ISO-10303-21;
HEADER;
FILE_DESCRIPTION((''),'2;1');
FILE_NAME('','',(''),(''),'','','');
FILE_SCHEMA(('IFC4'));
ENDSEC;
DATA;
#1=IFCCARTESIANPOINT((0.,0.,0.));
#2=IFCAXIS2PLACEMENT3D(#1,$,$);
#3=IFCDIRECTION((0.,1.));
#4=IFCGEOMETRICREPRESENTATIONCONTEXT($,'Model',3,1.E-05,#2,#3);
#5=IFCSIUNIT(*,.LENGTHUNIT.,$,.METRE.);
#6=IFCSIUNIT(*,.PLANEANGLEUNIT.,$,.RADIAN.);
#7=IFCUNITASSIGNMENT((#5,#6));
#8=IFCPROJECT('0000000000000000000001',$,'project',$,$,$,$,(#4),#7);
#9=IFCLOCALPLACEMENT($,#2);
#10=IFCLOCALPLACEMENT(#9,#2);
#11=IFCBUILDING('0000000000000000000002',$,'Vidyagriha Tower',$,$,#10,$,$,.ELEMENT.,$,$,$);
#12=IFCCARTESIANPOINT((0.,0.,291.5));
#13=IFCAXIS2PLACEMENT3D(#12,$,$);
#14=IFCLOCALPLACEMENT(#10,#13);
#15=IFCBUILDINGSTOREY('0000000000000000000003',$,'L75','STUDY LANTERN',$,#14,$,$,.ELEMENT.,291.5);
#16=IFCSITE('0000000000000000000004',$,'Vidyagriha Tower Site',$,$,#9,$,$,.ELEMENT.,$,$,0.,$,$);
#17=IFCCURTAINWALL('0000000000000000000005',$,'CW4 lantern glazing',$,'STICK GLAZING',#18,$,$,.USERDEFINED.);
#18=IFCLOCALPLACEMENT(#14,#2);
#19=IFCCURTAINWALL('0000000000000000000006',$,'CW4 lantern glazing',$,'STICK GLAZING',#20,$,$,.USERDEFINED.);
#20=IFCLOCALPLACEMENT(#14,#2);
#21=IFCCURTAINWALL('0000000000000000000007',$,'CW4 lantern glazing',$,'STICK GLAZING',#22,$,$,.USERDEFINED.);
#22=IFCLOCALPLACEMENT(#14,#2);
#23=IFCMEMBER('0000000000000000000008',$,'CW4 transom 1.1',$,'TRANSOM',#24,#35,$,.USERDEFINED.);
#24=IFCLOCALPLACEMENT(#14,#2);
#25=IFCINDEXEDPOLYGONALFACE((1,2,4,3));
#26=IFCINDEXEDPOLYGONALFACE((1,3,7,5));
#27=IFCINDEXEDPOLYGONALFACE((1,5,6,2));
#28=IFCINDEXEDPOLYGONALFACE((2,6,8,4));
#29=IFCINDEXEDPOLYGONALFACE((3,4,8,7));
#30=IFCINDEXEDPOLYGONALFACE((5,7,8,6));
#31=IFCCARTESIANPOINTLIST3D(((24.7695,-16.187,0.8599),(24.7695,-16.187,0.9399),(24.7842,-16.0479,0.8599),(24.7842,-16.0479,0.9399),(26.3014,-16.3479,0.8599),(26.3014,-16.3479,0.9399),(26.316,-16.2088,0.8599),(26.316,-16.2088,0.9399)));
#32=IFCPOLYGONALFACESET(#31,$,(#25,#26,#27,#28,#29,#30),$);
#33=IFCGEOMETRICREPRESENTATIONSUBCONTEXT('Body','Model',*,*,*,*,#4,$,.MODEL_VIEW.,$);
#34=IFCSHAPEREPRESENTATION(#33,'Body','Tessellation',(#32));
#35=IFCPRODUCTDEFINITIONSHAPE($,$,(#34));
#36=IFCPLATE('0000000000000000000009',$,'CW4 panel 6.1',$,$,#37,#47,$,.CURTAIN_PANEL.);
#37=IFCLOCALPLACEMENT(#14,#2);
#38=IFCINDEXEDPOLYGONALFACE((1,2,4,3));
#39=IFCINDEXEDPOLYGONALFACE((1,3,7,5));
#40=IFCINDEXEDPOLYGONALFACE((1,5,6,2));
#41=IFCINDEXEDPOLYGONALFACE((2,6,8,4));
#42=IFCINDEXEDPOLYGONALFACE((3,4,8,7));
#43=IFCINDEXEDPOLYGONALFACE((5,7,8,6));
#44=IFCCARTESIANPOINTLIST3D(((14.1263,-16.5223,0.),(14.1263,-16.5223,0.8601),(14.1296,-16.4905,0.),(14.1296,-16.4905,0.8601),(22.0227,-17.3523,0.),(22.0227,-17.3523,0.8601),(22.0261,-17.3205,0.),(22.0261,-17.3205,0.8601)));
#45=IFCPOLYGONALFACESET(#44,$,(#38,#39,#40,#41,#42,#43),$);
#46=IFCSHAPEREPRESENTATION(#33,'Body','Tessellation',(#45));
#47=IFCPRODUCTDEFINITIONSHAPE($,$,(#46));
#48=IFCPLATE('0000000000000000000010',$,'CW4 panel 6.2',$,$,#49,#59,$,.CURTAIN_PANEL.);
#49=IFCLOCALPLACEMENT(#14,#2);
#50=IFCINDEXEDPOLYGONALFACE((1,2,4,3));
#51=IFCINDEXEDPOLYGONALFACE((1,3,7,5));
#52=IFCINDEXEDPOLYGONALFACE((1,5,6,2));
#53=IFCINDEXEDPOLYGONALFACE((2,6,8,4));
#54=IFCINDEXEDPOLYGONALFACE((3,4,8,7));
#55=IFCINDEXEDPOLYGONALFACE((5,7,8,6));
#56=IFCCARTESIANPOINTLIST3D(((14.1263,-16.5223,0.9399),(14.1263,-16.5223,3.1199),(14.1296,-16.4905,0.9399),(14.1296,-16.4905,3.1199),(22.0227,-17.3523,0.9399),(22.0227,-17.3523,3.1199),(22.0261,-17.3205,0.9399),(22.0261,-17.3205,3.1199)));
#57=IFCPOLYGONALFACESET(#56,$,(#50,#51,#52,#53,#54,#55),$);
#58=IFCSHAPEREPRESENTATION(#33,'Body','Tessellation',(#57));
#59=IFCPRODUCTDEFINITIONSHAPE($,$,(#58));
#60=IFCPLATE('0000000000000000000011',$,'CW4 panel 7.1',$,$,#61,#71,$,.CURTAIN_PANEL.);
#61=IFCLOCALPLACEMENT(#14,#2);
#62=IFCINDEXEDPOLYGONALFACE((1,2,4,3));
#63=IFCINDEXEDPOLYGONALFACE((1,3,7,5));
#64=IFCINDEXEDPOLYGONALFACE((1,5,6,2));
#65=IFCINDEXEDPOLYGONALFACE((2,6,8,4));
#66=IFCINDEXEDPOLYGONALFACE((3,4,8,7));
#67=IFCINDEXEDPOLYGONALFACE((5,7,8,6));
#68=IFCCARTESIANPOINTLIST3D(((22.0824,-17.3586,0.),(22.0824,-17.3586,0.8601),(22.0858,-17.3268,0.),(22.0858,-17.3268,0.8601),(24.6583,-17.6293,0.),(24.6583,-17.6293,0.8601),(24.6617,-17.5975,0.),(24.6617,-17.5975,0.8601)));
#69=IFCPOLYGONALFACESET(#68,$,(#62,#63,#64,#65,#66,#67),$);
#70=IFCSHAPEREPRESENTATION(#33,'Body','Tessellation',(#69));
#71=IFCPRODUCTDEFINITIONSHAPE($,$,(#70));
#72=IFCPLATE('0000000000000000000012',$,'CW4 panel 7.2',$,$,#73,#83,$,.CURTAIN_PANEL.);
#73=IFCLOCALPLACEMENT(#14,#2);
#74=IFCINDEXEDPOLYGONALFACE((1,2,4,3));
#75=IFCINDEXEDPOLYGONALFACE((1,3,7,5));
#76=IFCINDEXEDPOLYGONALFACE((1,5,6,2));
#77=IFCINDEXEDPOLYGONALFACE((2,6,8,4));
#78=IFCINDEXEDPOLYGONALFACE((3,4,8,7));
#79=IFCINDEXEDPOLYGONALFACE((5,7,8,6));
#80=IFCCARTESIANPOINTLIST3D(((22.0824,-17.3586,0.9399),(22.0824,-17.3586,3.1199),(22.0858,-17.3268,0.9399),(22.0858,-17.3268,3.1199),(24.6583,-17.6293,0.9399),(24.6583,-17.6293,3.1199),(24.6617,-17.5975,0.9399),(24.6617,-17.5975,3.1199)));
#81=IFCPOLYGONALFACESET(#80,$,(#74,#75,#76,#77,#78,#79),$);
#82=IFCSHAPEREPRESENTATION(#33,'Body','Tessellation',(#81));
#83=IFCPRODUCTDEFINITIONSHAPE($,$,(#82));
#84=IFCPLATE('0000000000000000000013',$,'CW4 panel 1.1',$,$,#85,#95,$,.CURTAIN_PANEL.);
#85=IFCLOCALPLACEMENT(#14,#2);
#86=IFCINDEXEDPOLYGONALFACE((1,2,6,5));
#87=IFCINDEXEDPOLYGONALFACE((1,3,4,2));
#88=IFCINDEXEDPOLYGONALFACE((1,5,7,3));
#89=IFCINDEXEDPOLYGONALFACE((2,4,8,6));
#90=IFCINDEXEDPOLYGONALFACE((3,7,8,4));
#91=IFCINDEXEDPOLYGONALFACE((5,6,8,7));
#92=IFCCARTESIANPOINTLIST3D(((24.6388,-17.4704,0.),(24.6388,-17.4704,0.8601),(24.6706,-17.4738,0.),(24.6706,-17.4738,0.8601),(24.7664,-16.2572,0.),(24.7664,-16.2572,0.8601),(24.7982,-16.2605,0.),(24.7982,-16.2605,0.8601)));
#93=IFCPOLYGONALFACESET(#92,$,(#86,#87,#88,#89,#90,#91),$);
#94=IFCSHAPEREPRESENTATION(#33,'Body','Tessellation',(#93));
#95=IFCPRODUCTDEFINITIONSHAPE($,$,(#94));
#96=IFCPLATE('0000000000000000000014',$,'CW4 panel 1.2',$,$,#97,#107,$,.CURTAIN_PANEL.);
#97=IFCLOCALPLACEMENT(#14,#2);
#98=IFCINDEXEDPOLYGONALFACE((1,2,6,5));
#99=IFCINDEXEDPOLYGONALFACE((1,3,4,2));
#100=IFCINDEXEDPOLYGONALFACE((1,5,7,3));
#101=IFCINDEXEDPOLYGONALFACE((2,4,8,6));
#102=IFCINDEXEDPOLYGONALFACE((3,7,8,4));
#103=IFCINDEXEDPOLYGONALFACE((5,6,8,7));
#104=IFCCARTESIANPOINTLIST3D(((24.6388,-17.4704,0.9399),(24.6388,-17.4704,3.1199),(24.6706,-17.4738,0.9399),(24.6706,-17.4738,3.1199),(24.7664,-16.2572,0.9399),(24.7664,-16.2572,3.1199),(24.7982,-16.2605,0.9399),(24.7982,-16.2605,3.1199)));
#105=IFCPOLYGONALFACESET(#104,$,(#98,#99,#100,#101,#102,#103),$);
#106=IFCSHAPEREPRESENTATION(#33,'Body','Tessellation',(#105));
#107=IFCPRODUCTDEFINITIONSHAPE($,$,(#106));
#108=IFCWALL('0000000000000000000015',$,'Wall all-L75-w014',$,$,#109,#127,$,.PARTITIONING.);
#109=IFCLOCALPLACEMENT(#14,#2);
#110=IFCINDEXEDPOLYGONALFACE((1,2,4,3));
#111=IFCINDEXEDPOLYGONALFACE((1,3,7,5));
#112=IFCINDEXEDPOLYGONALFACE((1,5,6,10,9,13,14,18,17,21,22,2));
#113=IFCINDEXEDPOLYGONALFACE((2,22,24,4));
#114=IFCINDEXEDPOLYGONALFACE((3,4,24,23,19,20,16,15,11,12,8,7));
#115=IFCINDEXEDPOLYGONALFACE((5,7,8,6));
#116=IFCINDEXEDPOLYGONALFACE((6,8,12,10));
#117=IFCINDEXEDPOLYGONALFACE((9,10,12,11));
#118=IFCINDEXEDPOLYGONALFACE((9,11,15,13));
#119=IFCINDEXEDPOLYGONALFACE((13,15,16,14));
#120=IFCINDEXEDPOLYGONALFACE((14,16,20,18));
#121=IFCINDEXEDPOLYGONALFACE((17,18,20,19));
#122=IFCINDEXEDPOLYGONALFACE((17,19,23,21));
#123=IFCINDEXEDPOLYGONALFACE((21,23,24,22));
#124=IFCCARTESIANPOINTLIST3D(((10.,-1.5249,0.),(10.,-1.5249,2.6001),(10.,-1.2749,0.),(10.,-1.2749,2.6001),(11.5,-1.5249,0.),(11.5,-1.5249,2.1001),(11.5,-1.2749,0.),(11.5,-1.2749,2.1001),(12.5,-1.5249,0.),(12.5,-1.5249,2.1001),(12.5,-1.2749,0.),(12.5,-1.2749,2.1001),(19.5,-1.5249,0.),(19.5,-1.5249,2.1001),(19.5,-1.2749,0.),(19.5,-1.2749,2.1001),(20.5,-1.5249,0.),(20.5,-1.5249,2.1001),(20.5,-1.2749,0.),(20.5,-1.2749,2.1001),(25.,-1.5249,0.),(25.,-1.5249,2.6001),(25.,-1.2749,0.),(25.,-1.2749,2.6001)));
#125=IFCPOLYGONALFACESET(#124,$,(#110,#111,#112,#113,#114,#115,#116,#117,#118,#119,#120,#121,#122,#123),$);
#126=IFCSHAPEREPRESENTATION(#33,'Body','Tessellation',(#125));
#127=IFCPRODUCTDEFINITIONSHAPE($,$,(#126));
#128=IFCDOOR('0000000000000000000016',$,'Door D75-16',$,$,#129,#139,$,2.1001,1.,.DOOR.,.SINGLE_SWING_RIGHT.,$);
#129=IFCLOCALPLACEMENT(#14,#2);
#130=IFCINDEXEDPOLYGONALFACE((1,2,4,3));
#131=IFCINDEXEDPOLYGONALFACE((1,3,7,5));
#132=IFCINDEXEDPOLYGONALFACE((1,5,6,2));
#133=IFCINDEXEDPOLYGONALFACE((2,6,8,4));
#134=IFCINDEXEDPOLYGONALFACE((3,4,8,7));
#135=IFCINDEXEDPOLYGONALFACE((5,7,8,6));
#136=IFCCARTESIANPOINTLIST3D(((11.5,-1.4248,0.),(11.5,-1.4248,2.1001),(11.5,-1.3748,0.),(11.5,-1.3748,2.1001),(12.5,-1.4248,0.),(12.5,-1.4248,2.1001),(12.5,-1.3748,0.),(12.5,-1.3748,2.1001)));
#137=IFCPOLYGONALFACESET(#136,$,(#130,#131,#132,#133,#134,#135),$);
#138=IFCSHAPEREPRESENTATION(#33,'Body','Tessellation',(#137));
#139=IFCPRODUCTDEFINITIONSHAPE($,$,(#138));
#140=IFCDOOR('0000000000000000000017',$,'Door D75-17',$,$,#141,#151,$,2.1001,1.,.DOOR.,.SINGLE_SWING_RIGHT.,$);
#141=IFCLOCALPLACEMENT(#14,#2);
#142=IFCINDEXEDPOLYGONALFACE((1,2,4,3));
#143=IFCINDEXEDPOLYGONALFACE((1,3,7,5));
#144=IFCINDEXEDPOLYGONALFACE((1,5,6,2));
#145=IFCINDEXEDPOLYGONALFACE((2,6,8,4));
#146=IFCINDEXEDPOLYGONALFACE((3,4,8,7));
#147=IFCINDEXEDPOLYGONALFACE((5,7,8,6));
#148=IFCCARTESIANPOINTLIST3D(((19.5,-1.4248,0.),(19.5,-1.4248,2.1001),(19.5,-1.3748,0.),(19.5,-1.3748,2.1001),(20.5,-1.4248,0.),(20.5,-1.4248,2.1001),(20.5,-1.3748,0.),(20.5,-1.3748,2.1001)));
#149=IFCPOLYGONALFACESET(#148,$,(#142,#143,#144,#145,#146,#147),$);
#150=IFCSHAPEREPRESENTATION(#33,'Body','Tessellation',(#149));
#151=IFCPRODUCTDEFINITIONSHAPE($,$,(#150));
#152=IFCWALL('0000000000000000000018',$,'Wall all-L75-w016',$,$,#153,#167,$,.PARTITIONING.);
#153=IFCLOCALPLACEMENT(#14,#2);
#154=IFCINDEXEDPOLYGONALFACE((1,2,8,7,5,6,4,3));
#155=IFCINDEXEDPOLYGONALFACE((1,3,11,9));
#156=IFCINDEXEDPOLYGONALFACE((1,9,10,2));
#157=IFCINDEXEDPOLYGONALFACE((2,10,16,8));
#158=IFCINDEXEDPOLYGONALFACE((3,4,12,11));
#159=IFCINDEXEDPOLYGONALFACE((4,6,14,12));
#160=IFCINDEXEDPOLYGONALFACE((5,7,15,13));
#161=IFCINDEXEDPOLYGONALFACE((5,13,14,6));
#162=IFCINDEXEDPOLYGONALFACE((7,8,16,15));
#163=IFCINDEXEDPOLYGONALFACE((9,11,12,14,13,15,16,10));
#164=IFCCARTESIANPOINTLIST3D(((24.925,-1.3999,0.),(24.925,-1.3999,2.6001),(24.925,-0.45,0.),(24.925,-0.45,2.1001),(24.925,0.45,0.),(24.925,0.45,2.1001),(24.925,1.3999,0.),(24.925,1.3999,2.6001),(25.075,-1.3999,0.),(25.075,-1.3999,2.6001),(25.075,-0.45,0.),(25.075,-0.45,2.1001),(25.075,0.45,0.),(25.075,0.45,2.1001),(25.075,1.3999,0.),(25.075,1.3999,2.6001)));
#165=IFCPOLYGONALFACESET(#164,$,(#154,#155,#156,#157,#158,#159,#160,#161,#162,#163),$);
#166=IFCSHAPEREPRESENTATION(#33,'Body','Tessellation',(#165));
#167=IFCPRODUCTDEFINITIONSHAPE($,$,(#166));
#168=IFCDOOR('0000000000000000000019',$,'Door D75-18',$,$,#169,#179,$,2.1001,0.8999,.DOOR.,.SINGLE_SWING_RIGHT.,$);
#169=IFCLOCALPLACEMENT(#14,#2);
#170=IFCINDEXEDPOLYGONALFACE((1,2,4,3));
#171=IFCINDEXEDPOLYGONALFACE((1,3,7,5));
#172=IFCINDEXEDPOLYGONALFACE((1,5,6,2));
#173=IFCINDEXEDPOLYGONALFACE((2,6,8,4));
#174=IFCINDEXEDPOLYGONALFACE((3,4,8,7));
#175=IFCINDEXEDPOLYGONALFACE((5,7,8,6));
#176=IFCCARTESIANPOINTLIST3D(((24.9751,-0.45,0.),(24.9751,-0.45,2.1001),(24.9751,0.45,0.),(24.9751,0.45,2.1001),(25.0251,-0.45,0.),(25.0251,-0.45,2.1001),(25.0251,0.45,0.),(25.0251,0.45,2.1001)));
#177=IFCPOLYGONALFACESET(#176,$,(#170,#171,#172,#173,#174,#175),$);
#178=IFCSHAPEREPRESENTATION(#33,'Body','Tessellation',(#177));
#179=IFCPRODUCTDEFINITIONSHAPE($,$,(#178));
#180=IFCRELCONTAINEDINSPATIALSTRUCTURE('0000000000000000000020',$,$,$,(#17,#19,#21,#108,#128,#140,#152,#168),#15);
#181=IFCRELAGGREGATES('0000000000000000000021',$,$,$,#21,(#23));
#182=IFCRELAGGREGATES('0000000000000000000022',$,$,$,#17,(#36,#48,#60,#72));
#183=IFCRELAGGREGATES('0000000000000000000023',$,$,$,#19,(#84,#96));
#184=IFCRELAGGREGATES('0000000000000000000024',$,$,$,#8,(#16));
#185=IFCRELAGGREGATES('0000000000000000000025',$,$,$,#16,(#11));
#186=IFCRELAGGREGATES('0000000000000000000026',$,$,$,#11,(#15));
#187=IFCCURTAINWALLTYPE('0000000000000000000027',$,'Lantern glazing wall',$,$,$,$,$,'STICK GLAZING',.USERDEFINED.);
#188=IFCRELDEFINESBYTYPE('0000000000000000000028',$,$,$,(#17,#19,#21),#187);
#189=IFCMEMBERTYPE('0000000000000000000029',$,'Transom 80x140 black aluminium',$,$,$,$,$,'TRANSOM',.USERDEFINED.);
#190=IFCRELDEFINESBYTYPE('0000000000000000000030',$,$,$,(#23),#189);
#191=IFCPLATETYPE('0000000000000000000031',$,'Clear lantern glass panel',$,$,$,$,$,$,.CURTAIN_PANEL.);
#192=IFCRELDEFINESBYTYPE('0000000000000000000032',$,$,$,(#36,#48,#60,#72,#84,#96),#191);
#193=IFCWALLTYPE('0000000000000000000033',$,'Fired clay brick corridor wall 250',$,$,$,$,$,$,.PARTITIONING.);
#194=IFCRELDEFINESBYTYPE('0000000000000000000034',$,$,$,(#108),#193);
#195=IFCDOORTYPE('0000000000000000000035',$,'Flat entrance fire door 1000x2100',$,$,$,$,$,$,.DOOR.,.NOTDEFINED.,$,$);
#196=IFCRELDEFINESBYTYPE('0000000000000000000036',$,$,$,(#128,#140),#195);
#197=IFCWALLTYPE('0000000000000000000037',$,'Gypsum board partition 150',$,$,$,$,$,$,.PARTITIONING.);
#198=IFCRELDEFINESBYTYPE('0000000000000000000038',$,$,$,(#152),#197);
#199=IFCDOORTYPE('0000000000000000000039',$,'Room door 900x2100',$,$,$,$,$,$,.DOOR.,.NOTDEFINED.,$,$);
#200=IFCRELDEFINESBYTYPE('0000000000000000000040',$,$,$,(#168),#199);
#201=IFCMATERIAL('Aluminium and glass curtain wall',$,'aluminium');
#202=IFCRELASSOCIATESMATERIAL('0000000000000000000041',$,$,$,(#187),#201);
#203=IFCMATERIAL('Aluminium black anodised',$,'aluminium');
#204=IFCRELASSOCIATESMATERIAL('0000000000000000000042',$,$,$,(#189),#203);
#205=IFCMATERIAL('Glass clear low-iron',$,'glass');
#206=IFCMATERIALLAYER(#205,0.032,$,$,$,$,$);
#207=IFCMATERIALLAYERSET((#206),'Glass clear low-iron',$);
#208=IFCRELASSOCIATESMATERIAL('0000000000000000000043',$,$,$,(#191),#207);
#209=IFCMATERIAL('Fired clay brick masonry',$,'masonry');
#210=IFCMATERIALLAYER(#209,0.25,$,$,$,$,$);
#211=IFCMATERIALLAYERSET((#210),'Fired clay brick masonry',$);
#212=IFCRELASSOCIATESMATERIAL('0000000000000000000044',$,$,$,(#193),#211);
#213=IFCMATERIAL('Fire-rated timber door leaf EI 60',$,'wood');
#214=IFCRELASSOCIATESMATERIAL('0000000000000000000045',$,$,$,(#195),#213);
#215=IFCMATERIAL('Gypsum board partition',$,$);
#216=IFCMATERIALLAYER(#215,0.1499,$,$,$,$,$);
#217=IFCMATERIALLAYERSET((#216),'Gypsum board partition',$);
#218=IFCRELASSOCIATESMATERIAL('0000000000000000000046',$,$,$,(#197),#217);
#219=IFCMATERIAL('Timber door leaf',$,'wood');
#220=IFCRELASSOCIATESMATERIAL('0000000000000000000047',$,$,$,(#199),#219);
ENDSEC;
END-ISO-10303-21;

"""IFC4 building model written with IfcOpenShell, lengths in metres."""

from ifc_helpers import new_model, si_unit, direction, frame, frame_2d, origin, origin_2d, place, context, subcontext, project, spatial, rectangle, extrude, material, layer, layer_set, material_profile, profile_set, type_object, element, fill, aggregate, save


model = new_model("IFC4")

# Units and contexts
model_context = context("Model", 3, precision=1e-05, world=origin(), true_north=direction((0.0, 1.0)))
body_context = subcontext(model_context, "Body", "Model", "MODEL_VIEW")
ifc_project = project(units=[si_unit("LENGTHUNIT", "METRE"), si_unit("PLANEANGLEUNIT", "RADIAN")], contexts=[model_context])

# Site, building, storey
site_placement = place(None, origin())
site = spatial("IfcSite", under=ifc_project, at=site_placement, Name="Vidyagriha Tower Site", CompositionType="ELEMENT", RefElevation=0.0)
building_placement = place(site_placement, origin())
building = spatial("IfcBuilding", under=site, at=building_placement, Name="Vidyagriha Tower", CompositionType="ELEMENT")
storey_placement = place(building_placement, frame((0.0, 0.0, 291.5)))
storey = spatial("IfcBuildingStorey", under=building, at=storey_placement, Name="L75", Description="STUDY LANTERN", CompositionType="ELEMENT", Elevation=291.5)

# Curtain walls
ifc_material_1 = material(Name="Aluminium and glass curtain wall", Category="aluminium")
curtain_wall_type = type_object("IfcCurtainWallType", Name="Lantern glazing wall", ElementType="STICK GLAZING", PredefinedType="USERDEFINED", material=ifc_material_1)
curtain_wall_1_placement = place(storey_placement, origin())
curtain_wall_1 = element("IfcCurtainWall", 1, at=curtain_wall_1_placement, inside=storey, type_object=curtain_wall_type, Name="CW4 lantern glazing", ObjectType="STICK GLAZING", PredefinedType="USERDEFINED")
curtain_wall_2_placement = place(storey_placement, origin())
curtain_wall_2 = element("IfcCurtainWall", 2, at=curtain_wall_2_placement, inside=storey, type_object=curtain_wall_type, Name="CW4 lantern glazing", ObjectType="STICK GLAZING", PredefinedType="USERDEFINED")

# Curtain wall
curtain_wall_3_placement = place(storey_placement, origin())
curtain_wall_3 = element("IfcCurtainWall", 3, at=curtain_wall_3_placement, inside=storey, type_object=curtain_wall_type, Name="CW4 lantern glazing", ObjectType="STICK GLAZING", PredefinedType="USERDEFINED")

# Member
ifc_material_2 = material(Name="Aluminium black anodised", Category="aluminium")
ifc_material_profile_1 = material_profile(ifc_material_2, rectangle(XDim=0.1399, YDim=0.0801, at=origin_2d()), Name="Transom 80x140 black aluminium")
ifc_profile_set_1 = profile_set([ifc_material_profile_1], Name="Aluminium black anodised")
member_type_1 = type_object("IfcMemberType", Name="Transom 80x140 black aluminium", ElementType="TRANSOM", PredefinedType="USERDEFINED", material=ifc_profile_set_1)
member_1_placement = place(storey_placement, frame((24.7769, -16.1174, 0.8999), z_axis=(0.994529, -0.104462, 0.0), x_axis=(0.104462, 0.994529, 0.0)))
member_1 = element("IfcMember", 4, at=member_1_placement, type_object=member_type_1, Name="CW4 transom 1.1", ObjectType="TRANSOM", PredefinedType="USERDEFINED", context=body_context, shape_type="SweptSolid", body=[
    extrude(rectangle(XDim=0.1399, YDim=0.0801, at=origin_2d()), origin(), (0.0, 0.0, 1.0), 1.5403),
])
aggregate(curtain_wall_3, [member_1])

# Plates
ifc_material_3 = material(Name="Glass clear low-iron", Category="glass")
ifc_layer_1 = layer(ifc_material_3, 0.032)
ifc_layer_set_1 = layer_set([ifc_layer_1], Name="Glass clear low-iron")
plate_type = type_object("IfcPlateType", Name="Clear lantern glass panel", PredefinedType="CURTAIN_PANEL", material=ifc_layer_set_1)
plate_1_placement = place(storey_placement, frame((18.0762, -16.9214, 0.0), z_axis=(0.0, 0.0, 1.0), x_axis=(0.994522, -0.104528, 0.0)))
plate_1 = element("IfcPlate", 5, at=plate_1_placement, type_object=plate_type, Name="CW4 panel 6.1", PredefinedType="CURTAIN_PANEL", context=body_context, shape_type="SweptSolid", body=[
    extrude(rectangle(XDim=7.9399, YDim=0.032, at=origin_2d()), origin(), (0.0, 0.0, 1.0), 0.8601),
])
plate_2_placement = place(storey_placement, frame((18.0762, -16.9214, 0.9399), z_axis=(0.0, 0.0, 1.0), x_axis=(0.994522, -0.104528, 0.0)))
plate_2 = element("IfcPlate", 6, at=plate_2_placement, type_object=plate_type, Name="CW4 panel 6.2", PredefinedType="CURTAIN_PANEL", context=body_context, shape_type="SweptSolid", body=[
    extrude(rectangle(XDim=7.9399, YDim=0.032, at=origin_2d()), origin(), (0.0, 0.0, 1.0), 2.1799),
])
plate_3_placement = place(storey_placement, frame((23.3721, -17.478, 0.0), z_axis=(0.0, 0.0, 1.0), x_axis=(0.994522, -0.104528, 0.0)))
plate_3 = element("IfcPlate", 7, at=plate_3_placement, type_object=plate_type, Name="CW4 panel 7.1", PredefinedType="CURTAIN_PANEL", context=body_context, shape_type="SweptSolid", body=[
    extrude(rectangle(XDim=2.5901, YDim=0.032, at=origin_2d()), origin(), (0.0, 0.0, 1.0), 0.8601),
])
plate_4_placement = place(storey_placement, frame((23.3721, -17.478, 0.9399), z_axis=(0.0, 0.0, 1.0), x_axis=(0.994522, -0.104528, 0.0)))
plate_4 = element("IfcPlate", 8, at=plate_4_placement, type_object=plate_type, Name="CW4 panel 7.2", PredefinedType="CURTAIN_PANEL", context=body_context, shape_type="SweptSolid", body=[
    extrude(rectangle(XDim=2.5901, YDim=0.032, at=origin_2d()), origin(), (0.0, 0.0, 1.0), 2.1799),
])
aggregate(curtain_wall_1, [plate_1, plate_2, plate_3, plate_4])
plate_5_placement = place(storey_placement, frame((24.7185, -16.8655, 0.0), z_axis=(0.0, 0.0, 1.0), x_axis=(0.104557, 0.994519, 0.0)))
plate_5 = element("IfcPlate", 9, at=plate_5_placement, type_object=plate_type, Name="CW4 panel 1.1", PredefinedType="CURTAIN_PANEL", context=body_context, shape_type="SweptSolid", body=[
    extrude(rectangle(XDim=1.22, YDim=0.032, at=origin_2d()), origin(), (0.0, 0.0, 1.0), 0.8601),
])
plate_6_placement = place(storey_placement, frame((24.7185, -16.8655, 0.9399), z_axis=(0.0, 0.0, 1.0), x_axis=(0.104557, 0.994519, 0.0)))
plate_6 = element("IfcPlate", 10, at=plate_6_placement, type_object=plate_type, Name="CW4 panel 1.2", PredefinedType="CURTAIN_PANEL", context=body_context, shape_type="SweptSolid", body=[
    extrude(rectangle(XDim=1.22, YDim=0.032, at=origin_2d()), origin(), (0.0, 0.0, 1.0), 2.1799),
])
aggregate(curtain_wall_2, [plate_5, plate_6])

# Wall, openings, doors
ifc_material_4 = material(Name="Fired clay brick masonry", Category="masonry")
ifc_layer_2 = layer(ifc_material_4, 0.25)
ifc_layer_set_2 = layer_set([ifc_layer_2], Name="Fired clay brick masonry")
wall_type_1 = type_object("IfcWallType", Name="Fired clay brick corridor wall 250", PredefinedType="PARTITIONING", material=ifc_layer_set_2)
wall_1_placement = place(storey_placement, frame((25.0, -1.3999, 0.0), z_axis=(0.0, 0.0, 1.0), x_axis=(-1.0, 0.0, 0.0)))
wall_1 = element("IfcWall", 11, at=wall_1_placement, inside=storey, type_object=wall_type_1, Name="Wall all-L75-w014", PredefinedType="PARTITIONING", context=body_context, shape_type="SweptSolid", body=[
    extrude(rectangle(XDim=15.0, YDim=0.25, at=frame_2d((7.5, 0.0))), origin(), (0.0, 0.0, 1.0), 2.6001),
])
opening_1_placement = place(wall_1_placement, frame((12.5, 0.0, 0.0)))
opening_1 = element("IfcOpeningElement", 12, at=opening_1_placement, cuts=wall_1, PredefinedType="OPENING", context=body_context, shape_type="SweptSolid", body=[
    extrude(rectangle(XDim=1.0, YDim=2.1001, at=frame_2d((0.5, 1.05))), frame((0.0, 0.135, 0.0), z_axis=(0.0, -1.0, 0.0), x_axis=(1.0, 0.0, 0.0)), (0.0, 0.0, 1.0), 0.27),
])
opening_2_placement = place(wall_1_placement, frame((4.5, 0.0, 0.0)))
opening_2 = element("IfcOpeningElement", 13, at=opening_2_placement, cuts=wall_1, PredefinedType="OPENING", context=body_context, shape_type="SweptSolid", body=[
    extrude(rectangle(XDim=1.0, YDim=2.1001, at=frame_2d((0.5, 1.05))), frame((0.0, 0.135, 0.0), z_axis=(0.0, -1.0, 0.0), x_axis=(1.0, 0.0, 0.0)), (0.0, 0.0, 1.0), 0.27),
])
ifc_material_5 = material(Name="Fire-rated timber door leaf EI 60", Category="wood")
door_type_1 = type_object("IfcDoorType", Name="Flat entrance fire door 1000x2100", OperationType="NOTDEFINED", PredefinedType="DOOR", material=ifc_material_5)
door_1_placement = place(opening_1_placement, origin())
door_1 = element("IfcDoor", 14, at=door_1_placement, inside=storey, type_object=door_type_1, Name="Door D75-16", OperationType="SINGLE_SWING_RIGHT", OverallHeight=2.1001, OverallWidth=1.0, PredefinedType="DOOR", context=body_context, shape_type="SweptSolid", body=[
    extrude(rectangle(XDim=1.0, YDim=2.1001, at=frame_2d((0.5, 1.05))), frame((0.0, 0.0249, 0.0), z_axis=(0.0, -1.0, 0.0), x_axis=(1.0, 0.0, 0.0)), (0.0, 0.0, 1.0), 0.05),
])
fill(opening_1, door_1)
door_2_placement = place(opening_2_placement, origin())
door_2 = element("IfcDoor", 15, at=door_2_placement, inside=storey, type_object=door_type_1, Name="Door D75-17", OperationType="SINGLE_SWING_RIGHT", OverallHeight=2.1001, OverallWidth=1.0, PredefinedType="DOOR", context=body_context, shape_type="SweptSolid", body=[
    extrude(rectangle(XDim=1.0, YDim=2.1001, at=frame_2d((0.5, 1.05))), frame((0.0, 0.0249, 0.0), z_axis=(0.0, -1.0, 0.0), x_axis=(1.0, 0.0, 0.0)), (0.0, 0.0, 1.0), 0.05),
])
fill(opening_2, door_2)

# Wall, opening, door
ifc_material_6 = material(Name="Gypsum board partition")
ifc_layer_3 = layer(ifc_material_6, 0.1499)
ifc_layer_set_3 = layer_set([ifc_layer_3], Name="Gypsum board partition")
wall_type_2 = type_object("IfcWallType", Name="Gypsum board partition 150", PredefinedType="PARTITIONING", material=ifc_layer_set_3)
wall_2_placement = place(storey_placement, frame((25.0, -1.3999, 0.0), z_axis=(0.0, 0.0, 1.0), x_axis=(0.0, 1.0, 0.0)))
wall_2 = element("IfcWall", 16, at=wall_2_placement, inside=storey, type_object=wall_type_2, Name="Wall all-L75-w016", PredefinedType="PARTITIONING", context=body_context, shape_type="SweptSolid", body=[
    extrude(rectangle(XDim=2.7998, YDim=0.1499, at=frame_2d((1.3999, 0.0))), origin(), (0.0, 0.0, 1.0), 2.6001),
])
opening_3_placement = place(wall_2_placement, frame((0.95, 0.0, 0.0)))
opening_3 = element("IfcOpeningElement", 17, at=opening_3_placement, cuts=wall_2, PredefinedType="OPENING", context=body_context, shape_type="SweptSolid", body=[
    extrude(rectangle(XDim=0.8999, YDim=2.1001, at=frame_2d((0.45, 1.05))), frame((0.0, 0.085, 0.0), z_axis=(0.0, -1.0, 0.0), x_axis=(1.0, 0.0, 0.0)), (0.0, 0.0, 1.0), 0.1699),
])
ifc_material_7 = material(Name="Timber door leaf", Category="wood")
door_type_2 = type_object("IfcDoorType", Name="Room door 900x2100", OperationType="NOTDEFINED", PredefinedType="DOOR", material=ifc_material_7)
door_3_placement = place(opening_3_placement, origin())
door_3 = element("IfcDoor", 18, at=door_3_placement, inside=storey, type_object=door_type_2, Name="Door D75-18", OperationType="SINGLE_SWING_RIGHT", OverallHeight=2.1001, OverallWidth=0.8999, PredefinedType="DOOR", context=body_context, shape_type="SweptSolid", body=[
    extrude(rectangle(XDim=0.8999, YDim=2.1001, at=frame_2d((0.45, 1.05))), frame((0.0, 0.0249, 0.0), z_axis=(0.0, -1.0, 0.0), x_axis=(1.0, 0.0, 0.0)), (0.0, 0.0, 1.0), 0.05),
])
fill(opening_3, door_3)

save(model, "model.ifc")
